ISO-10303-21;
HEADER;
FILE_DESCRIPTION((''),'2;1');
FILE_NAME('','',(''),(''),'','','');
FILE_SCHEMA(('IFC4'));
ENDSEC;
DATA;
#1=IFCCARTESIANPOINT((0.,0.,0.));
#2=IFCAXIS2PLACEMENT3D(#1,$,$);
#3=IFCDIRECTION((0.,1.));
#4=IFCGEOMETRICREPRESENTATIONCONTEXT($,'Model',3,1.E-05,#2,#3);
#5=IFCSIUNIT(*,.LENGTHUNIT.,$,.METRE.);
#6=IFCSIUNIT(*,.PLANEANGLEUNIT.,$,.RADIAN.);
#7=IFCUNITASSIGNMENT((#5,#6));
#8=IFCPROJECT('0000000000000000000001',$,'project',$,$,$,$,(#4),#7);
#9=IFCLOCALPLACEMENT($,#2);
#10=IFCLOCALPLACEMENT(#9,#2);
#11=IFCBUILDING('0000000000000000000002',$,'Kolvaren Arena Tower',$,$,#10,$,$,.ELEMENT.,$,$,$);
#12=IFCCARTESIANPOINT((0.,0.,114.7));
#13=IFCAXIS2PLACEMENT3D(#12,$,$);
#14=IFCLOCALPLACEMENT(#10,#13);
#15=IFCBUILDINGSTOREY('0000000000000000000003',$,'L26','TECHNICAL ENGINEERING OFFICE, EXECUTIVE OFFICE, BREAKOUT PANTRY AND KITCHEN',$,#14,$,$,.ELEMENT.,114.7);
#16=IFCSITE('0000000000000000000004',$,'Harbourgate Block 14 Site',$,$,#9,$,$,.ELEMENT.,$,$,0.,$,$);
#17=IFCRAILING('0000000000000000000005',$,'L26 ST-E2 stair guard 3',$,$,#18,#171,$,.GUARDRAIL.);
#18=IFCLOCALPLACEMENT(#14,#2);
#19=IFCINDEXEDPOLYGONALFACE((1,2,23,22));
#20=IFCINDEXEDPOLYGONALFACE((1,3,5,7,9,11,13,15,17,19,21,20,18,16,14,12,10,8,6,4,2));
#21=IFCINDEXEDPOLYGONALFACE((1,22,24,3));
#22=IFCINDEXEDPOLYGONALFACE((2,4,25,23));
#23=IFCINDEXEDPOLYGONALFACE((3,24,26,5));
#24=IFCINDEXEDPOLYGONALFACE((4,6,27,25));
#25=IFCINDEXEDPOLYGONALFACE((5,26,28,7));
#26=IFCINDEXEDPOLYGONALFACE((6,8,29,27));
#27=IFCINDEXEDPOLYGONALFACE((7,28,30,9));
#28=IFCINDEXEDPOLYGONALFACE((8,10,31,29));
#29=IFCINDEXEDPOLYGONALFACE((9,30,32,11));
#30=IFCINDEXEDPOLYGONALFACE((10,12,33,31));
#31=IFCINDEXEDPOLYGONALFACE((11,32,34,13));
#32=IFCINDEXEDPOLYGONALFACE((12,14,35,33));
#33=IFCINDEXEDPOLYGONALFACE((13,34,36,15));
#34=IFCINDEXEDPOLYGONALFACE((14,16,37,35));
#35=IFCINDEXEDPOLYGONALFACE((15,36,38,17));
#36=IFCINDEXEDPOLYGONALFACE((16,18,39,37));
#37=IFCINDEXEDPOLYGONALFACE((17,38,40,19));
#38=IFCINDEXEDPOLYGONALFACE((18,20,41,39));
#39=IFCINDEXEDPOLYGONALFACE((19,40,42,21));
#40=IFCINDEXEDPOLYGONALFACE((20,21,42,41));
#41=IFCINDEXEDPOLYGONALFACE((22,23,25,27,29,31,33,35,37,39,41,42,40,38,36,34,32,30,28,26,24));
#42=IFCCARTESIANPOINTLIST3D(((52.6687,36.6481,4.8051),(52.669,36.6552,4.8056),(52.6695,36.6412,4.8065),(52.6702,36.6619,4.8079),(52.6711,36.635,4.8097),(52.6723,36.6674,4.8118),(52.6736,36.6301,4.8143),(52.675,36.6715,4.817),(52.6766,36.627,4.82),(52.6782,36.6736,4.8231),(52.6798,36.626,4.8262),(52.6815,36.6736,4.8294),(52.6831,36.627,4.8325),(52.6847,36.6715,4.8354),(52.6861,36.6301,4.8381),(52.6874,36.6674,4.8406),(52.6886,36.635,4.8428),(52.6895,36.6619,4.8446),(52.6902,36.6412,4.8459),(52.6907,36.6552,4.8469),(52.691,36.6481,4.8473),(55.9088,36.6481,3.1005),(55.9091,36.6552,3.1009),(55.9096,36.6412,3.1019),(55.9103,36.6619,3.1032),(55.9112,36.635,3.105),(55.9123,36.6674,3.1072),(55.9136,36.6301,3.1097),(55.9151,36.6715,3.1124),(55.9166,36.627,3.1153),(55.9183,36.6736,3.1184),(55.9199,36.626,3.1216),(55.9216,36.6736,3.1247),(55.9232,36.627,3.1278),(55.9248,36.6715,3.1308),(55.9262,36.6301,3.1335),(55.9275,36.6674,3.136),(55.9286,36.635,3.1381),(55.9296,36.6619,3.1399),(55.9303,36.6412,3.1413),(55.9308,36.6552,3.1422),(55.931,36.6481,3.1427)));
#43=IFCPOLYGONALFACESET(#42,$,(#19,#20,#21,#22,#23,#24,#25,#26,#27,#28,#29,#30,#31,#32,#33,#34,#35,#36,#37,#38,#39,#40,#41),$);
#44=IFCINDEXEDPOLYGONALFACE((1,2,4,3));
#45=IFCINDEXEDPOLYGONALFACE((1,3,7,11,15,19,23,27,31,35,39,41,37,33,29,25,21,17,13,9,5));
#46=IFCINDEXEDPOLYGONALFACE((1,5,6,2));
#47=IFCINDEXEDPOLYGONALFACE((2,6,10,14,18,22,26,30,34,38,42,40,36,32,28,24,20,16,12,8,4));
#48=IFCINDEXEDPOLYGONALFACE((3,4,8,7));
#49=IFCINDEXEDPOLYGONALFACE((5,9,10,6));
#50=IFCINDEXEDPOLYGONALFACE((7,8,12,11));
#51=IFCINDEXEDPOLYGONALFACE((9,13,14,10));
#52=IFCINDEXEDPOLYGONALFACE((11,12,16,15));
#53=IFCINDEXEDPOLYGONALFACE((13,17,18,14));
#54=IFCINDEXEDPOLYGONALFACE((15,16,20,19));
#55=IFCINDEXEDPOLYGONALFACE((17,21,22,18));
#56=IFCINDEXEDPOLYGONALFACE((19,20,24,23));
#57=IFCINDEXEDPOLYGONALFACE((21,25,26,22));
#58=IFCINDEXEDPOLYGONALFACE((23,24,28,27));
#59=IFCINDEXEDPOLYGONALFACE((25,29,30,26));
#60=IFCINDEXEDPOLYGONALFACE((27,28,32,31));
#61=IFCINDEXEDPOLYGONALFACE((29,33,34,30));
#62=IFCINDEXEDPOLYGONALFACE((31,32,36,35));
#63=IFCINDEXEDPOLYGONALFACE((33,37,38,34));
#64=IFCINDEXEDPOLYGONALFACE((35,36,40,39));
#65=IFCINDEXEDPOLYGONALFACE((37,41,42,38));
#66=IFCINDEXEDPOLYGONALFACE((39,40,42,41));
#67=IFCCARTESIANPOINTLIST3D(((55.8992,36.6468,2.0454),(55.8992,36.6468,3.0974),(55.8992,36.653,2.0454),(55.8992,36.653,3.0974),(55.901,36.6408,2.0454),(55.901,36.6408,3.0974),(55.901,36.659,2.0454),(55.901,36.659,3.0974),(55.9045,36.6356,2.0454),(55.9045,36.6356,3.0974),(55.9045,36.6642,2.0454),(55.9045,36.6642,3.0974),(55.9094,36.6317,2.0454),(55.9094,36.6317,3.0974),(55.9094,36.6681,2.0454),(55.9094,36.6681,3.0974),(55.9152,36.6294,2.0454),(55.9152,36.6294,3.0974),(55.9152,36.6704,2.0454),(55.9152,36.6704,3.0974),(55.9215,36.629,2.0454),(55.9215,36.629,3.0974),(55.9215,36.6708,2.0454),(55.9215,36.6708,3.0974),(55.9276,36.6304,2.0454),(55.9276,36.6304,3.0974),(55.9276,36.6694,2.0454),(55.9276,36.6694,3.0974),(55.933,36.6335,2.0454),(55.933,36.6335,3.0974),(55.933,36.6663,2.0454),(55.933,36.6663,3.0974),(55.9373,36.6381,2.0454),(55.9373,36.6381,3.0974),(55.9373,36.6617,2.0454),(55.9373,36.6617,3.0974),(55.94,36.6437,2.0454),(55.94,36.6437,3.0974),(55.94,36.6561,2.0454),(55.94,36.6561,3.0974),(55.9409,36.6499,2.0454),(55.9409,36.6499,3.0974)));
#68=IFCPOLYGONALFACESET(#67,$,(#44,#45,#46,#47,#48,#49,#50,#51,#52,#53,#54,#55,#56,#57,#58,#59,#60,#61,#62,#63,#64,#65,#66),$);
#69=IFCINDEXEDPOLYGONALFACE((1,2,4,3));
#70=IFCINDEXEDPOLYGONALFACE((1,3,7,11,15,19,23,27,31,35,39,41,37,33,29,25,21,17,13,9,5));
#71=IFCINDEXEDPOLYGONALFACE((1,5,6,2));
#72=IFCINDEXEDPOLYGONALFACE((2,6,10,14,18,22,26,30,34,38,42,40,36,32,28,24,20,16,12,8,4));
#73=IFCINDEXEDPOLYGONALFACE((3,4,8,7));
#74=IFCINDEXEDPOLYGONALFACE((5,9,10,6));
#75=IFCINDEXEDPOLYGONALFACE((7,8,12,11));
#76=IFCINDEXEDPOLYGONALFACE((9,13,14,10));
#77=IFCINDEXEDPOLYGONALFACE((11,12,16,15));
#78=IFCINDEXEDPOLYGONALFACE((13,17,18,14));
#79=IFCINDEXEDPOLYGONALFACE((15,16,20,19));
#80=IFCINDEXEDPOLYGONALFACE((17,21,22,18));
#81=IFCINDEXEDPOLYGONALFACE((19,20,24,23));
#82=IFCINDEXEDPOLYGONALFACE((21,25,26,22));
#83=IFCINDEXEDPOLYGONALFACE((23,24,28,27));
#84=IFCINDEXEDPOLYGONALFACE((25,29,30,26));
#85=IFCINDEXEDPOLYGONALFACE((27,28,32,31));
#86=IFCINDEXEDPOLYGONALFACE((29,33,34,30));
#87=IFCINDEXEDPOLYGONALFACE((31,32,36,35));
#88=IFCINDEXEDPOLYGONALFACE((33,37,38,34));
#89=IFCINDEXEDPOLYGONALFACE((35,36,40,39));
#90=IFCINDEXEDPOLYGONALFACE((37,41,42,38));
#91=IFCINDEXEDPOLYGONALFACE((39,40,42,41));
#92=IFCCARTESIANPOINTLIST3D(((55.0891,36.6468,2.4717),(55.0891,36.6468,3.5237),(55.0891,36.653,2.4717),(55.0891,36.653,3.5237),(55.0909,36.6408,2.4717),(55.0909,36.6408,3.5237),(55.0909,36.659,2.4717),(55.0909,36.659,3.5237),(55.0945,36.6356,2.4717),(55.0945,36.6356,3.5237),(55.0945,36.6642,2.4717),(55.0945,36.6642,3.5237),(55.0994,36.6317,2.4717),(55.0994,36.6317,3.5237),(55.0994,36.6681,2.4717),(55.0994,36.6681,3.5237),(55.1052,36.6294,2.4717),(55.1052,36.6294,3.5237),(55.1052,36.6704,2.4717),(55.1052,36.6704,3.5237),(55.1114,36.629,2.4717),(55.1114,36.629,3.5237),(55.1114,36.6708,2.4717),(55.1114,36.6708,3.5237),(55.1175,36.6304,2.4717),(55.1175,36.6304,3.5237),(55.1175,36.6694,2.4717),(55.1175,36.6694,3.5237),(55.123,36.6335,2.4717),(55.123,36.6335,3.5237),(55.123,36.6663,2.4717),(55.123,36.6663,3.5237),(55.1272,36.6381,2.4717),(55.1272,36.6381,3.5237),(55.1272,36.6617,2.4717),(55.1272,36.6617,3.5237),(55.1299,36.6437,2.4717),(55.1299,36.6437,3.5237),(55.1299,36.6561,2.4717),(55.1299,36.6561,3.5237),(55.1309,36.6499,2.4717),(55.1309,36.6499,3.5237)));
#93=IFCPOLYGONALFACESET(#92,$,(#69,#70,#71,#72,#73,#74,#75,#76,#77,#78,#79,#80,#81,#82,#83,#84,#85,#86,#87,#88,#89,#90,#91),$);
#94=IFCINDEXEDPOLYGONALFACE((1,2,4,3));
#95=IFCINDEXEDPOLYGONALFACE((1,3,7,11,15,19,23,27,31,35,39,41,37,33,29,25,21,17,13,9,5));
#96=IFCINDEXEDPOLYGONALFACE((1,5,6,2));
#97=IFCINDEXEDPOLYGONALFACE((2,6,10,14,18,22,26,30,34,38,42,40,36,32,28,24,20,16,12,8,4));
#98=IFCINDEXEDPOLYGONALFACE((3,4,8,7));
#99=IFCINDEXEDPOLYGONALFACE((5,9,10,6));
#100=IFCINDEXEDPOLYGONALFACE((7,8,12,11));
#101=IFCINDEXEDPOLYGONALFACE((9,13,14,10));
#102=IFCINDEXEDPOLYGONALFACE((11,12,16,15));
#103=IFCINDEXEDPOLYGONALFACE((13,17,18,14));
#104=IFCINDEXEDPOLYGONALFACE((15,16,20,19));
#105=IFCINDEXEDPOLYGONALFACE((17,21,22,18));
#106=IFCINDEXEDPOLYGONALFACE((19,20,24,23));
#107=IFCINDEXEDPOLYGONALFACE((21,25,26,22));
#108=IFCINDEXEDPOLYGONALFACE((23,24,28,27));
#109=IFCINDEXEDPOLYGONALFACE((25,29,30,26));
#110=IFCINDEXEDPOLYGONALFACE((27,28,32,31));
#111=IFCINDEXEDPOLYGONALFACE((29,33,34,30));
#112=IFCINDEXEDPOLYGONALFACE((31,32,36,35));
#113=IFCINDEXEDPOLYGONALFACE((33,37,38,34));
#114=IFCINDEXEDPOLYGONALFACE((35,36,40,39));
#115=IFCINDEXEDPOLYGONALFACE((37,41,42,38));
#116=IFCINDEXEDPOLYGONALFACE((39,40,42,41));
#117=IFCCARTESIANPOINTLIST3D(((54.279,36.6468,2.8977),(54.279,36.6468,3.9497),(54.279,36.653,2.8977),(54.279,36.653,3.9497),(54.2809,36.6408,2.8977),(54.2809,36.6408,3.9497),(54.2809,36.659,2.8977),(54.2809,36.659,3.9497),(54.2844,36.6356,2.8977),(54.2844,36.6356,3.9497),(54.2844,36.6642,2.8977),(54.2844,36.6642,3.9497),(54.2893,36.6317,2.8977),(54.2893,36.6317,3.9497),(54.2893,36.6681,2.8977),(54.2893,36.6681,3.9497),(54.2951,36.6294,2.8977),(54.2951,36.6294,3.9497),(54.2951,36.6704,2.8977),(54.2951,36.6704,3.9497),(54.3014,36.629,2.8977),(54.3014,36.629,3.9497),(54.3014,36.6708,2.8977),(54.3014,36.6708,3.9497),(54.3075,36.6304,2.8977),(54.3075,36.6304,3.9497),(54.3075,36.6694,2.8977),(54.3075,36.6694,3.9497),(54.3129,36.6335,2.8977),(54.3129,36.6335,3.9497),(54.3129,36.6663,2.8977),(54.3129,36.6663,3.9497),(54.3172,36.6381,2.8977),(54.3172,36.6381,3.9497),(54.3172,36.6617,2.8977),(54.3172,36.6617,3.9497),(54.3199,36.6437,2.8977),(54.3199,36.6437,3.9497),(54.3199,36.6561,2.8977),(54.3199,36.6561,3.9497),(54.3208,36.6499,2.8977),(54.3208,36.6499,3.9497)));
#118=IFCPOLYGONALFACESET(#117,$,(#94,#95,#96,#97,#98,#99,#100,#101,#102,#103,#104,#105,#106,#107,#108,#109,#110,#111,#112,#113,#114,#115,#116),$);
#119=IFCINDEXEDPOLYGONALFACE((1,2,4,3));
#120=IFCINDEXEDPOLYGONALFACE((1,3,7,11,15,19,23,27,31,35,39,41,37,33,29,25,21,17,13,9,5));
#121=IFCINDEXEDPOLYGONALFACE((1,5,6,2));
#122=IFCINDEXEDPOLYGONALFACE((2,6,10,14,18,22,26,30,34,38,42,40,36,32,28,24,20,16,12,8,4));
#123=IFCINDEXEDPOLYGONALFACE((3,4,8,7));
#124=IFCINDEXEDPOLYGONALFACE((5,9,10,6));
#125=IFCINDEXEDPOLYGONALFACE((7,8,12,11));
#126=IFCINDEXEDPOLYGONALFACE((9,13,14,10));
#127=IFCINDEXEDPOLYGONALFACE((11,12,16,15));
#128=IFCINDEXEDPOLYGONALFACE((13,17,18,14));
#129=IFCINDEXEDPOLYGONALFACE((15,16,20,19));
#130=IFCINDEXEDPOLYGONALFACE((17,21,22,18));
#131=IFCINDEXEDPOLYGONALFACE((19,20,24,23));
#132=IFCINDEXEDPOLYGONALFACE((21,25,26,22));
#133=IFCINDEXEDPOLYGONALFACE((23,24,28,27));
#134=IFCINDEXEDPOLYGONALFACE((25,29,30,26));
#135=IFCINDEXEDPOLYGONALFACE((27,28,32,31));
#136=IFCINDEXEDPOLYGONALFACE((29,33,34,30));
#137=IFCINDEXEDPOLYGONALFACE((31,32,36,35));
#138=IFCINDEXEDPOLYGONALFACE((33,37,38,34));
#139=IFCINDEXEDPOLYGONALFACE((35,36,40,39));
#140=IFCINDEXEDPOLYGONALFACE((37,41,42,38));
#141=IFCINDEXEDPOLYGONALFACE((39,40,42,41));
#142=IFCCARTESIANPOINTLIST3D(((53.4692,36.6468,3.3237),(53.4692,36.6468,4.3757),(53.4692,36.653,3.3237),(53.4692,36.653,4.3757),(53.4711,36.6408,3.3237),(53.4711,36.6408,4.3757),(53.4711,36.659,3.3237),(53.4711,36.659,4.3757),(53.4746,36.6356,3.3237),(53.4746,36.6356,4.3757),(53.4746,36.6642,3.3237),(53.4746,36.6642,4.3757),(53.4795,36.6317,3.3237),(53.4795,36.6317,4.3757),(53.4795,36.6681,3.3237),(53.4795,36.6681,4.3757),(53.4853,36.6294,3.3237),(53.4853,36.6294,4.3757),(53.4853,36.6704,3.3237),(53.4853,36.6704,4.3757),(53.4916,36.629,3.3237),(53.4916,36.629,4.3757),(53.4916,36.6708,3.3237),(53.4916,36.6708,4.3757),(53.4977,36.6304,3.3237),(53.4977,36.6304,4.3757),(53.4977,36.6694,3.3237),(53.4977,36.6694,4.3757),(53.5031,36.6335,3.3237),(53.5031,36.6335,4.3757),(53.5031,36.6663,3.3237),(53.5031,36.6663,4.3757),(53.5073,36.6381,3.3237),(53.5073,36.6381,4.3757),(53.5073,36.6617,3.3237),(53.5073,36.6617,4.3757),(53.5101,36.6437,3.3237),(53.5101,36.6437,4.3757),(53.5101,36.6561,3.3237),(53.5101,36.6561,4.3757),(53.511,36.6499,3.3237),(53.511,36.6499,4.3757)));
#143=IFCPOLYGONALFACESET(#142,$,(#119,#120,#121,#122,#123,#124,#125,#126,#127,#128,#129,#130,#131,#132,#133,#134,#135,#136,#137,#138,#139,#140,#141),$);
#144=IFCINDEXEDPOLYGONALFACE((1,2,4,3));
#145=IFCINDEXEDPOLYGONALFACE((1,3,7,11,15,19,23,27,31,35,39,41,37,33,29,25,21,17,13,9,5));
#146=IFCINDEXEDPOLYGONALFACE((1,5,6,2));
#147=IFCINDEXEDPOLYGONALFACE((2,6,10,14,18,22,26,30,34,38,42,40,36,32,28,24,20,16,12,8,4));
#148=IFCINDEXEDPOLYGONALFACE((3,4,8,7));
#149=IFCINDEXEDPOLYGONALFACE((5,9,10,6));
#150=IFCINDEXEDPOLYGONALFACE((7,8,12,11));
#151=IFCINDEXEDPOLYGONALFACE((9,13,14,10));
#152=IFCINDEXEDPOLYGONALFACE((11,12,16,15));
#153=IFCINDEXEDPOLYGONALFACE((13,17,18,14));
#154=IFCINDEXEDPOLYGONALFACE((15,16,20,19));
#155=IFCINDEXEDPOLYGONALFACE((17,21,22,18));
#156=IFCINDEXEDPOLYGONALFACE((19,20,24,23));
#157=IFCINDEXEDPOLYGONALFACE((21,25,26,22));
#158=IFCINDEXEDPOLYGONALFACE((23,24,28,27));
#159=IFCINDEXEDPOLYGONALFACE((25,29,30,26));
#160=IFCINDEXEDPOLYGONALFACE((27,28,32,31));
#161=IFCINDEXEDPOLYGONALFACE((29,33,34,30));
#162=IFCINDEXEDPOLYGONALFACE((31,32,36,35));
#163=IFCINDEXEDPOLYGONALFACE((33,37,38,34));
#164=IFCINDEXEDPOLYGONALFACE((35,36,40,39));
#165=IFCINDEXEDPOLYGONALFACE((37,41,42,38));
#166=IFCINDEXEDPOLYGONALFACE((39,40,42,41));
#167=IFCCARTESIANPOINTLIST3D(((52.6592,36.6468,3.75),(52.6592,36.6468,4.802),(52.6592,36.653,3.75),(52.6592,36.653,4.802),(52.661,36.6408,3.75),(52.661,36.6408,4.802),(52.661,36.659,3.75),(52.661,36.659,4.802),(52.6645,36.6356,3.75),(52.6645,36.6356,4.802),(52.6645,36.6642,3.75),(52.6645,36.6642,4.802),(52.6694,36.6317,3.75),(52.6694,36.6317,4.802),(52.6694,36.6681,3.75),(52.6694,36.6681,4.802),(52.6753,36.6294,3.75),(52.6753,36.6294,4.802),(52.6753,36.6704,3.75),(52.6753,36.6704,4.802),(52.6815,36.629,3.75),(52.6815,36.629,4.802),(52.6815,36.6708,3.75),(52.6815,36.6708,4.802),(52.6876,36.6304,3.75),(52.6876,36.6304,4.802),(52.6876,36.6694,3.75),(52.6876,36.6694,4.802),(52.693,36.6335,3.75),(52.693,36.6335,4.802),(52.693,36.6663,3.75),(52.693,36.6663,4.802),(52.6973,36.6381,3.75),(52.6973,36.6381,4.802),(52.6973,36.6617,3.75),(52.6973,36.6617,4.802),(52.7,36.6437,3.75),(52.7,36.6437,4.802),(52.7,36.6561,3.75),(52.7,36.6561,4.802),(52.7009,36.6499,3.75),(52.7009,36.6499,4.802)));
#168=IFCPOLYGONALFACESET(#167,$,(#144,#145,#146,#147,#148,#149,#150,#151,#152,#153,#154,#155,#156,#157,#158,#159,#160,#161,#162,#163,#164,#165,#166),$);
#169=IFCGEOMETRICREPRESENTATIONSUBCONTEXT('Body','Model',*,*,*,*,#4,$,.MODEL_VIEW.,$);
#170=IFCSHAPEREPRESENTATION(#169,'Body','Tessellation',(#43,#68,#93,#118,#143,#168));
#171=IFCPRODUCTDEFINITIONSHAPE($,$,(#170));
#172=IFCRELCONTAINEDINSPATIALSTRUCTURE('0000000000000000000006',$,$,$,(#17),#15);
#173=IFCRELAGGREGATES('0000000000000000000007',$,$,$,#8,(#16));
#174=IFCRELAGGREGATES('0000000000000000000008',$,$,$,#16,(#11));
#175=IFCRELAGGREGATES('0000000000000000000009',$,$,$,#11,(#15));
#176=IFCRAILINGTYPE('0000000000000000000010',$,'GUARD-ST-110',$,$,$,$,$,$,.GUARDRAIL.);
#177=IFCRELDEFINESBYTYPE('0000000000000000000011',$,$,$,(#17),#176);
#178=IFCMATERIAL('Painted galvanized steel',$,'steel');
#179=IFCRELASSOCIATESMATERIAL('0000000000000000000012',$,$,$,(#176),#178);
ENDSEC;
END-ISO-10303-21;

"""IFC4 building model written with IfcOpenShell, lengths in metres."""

from ifc_helpers import new_model, si_unit, direction, frame, origin, origin_2d, place, context, subcontext, project, spatial, circle, extrude, material, type_object, element, save


model = new_model("IFC4")

# Units and contexts
model_context = context("Model", 3, precision=1e-05, world=origin(), true_north=direction((0.0, 1.0)))
body_context = subcontext(model_context, "Body", "Model", "MODEL_VIEW")
ifc_project = project(units=[si_unit("LENGTHUNIT", "METRE"), si_unit("PLANEANGLEUNIT", "RADIAN")], contexts=[model_context])

# Site, building, storey
site_placement = place(None, origin())
site = spatial("IfcSite", under=ifc_project, at=site_placement, Name="Harbourgate Block 14 Site", CompositionType="ELEMENT", RefElevation=0.0)
building_placement = place(site_placement, origin())
building = spatial("IfcBuilding", under=site, at=building_placement, Name="Kolvaren Arena Tower", CompositionType="ELEMENT")
storey_placement = place(building_placement, frame((0.0, 0.0, 114.7)))
storey = spatial("IfcBuildingStorey", under=building, at=storey_placement, Name="L26", Description="TECHNICAL ENGINEERING OFFICE, EXECUTIVE OFFICE, BREAKOUT PANTRY AND KITCHEN", CompositionType="ELEMENT", Elevation=114.7)

# Railing
ifc_material_1 = material(Name="Painted galvanized steel", Category="steel")
railing_type_1 = type_object("IfcRailingType", Name="GUARD-ST-110", PredefinedType="GUARDRAIL", material=ifc_material_1)
railing_1_placement = place(storey_placement, frame((55.9199, 36.6499, 2.0454)))
element("IfcRailing", 1, at=railing_1_placement, inside=storey, type_object=railing_type_1, Name="L26 ST-E2 stair guard 3", PredefinedType="GUARDRAIL", context=body_context, shape_type="SweptSolid", body=[
    extrude(circle(Radius=0.0239, at=origin_2d()), frame((0.0, 0.0, 1.0762), z_axis=(-0.884993, 0.0, 0.465604), x_axis=(0.0, -1.0, 0.0)), (0.0, 0.0, 1.0), 3.6611),
    extrude(circle(Radius=0.021, at=origin_2d()), origin(), (0.0, 0.0, 1.0), 1.052),
    extrude(circle(Radius=0.021, at=origin_2d()), frame((-0.8101, 0.0, 0.4263)), (0.0, 0.0, 1.0), 1.052),
    extrude(circle(Radius=0.021, at=origin_2d()), frame((-1.6201, 0.0, 0.8523)), (0.0, 0.0, 1.0), 1.052),
    extrude(circle(Radius=0.021, at=origin_2d()), frame((-2.4299, 0.0, 1.2783)), (0.0, 0.0, 1.0), 1.052),
    extrude(circle(Radius=0.021, at=origin_2d()), frame((-3.24, 0.0, 1.7046)), (0.0, 0.0, 1.0), 1.052),
])

save(model, "model.ifc")
